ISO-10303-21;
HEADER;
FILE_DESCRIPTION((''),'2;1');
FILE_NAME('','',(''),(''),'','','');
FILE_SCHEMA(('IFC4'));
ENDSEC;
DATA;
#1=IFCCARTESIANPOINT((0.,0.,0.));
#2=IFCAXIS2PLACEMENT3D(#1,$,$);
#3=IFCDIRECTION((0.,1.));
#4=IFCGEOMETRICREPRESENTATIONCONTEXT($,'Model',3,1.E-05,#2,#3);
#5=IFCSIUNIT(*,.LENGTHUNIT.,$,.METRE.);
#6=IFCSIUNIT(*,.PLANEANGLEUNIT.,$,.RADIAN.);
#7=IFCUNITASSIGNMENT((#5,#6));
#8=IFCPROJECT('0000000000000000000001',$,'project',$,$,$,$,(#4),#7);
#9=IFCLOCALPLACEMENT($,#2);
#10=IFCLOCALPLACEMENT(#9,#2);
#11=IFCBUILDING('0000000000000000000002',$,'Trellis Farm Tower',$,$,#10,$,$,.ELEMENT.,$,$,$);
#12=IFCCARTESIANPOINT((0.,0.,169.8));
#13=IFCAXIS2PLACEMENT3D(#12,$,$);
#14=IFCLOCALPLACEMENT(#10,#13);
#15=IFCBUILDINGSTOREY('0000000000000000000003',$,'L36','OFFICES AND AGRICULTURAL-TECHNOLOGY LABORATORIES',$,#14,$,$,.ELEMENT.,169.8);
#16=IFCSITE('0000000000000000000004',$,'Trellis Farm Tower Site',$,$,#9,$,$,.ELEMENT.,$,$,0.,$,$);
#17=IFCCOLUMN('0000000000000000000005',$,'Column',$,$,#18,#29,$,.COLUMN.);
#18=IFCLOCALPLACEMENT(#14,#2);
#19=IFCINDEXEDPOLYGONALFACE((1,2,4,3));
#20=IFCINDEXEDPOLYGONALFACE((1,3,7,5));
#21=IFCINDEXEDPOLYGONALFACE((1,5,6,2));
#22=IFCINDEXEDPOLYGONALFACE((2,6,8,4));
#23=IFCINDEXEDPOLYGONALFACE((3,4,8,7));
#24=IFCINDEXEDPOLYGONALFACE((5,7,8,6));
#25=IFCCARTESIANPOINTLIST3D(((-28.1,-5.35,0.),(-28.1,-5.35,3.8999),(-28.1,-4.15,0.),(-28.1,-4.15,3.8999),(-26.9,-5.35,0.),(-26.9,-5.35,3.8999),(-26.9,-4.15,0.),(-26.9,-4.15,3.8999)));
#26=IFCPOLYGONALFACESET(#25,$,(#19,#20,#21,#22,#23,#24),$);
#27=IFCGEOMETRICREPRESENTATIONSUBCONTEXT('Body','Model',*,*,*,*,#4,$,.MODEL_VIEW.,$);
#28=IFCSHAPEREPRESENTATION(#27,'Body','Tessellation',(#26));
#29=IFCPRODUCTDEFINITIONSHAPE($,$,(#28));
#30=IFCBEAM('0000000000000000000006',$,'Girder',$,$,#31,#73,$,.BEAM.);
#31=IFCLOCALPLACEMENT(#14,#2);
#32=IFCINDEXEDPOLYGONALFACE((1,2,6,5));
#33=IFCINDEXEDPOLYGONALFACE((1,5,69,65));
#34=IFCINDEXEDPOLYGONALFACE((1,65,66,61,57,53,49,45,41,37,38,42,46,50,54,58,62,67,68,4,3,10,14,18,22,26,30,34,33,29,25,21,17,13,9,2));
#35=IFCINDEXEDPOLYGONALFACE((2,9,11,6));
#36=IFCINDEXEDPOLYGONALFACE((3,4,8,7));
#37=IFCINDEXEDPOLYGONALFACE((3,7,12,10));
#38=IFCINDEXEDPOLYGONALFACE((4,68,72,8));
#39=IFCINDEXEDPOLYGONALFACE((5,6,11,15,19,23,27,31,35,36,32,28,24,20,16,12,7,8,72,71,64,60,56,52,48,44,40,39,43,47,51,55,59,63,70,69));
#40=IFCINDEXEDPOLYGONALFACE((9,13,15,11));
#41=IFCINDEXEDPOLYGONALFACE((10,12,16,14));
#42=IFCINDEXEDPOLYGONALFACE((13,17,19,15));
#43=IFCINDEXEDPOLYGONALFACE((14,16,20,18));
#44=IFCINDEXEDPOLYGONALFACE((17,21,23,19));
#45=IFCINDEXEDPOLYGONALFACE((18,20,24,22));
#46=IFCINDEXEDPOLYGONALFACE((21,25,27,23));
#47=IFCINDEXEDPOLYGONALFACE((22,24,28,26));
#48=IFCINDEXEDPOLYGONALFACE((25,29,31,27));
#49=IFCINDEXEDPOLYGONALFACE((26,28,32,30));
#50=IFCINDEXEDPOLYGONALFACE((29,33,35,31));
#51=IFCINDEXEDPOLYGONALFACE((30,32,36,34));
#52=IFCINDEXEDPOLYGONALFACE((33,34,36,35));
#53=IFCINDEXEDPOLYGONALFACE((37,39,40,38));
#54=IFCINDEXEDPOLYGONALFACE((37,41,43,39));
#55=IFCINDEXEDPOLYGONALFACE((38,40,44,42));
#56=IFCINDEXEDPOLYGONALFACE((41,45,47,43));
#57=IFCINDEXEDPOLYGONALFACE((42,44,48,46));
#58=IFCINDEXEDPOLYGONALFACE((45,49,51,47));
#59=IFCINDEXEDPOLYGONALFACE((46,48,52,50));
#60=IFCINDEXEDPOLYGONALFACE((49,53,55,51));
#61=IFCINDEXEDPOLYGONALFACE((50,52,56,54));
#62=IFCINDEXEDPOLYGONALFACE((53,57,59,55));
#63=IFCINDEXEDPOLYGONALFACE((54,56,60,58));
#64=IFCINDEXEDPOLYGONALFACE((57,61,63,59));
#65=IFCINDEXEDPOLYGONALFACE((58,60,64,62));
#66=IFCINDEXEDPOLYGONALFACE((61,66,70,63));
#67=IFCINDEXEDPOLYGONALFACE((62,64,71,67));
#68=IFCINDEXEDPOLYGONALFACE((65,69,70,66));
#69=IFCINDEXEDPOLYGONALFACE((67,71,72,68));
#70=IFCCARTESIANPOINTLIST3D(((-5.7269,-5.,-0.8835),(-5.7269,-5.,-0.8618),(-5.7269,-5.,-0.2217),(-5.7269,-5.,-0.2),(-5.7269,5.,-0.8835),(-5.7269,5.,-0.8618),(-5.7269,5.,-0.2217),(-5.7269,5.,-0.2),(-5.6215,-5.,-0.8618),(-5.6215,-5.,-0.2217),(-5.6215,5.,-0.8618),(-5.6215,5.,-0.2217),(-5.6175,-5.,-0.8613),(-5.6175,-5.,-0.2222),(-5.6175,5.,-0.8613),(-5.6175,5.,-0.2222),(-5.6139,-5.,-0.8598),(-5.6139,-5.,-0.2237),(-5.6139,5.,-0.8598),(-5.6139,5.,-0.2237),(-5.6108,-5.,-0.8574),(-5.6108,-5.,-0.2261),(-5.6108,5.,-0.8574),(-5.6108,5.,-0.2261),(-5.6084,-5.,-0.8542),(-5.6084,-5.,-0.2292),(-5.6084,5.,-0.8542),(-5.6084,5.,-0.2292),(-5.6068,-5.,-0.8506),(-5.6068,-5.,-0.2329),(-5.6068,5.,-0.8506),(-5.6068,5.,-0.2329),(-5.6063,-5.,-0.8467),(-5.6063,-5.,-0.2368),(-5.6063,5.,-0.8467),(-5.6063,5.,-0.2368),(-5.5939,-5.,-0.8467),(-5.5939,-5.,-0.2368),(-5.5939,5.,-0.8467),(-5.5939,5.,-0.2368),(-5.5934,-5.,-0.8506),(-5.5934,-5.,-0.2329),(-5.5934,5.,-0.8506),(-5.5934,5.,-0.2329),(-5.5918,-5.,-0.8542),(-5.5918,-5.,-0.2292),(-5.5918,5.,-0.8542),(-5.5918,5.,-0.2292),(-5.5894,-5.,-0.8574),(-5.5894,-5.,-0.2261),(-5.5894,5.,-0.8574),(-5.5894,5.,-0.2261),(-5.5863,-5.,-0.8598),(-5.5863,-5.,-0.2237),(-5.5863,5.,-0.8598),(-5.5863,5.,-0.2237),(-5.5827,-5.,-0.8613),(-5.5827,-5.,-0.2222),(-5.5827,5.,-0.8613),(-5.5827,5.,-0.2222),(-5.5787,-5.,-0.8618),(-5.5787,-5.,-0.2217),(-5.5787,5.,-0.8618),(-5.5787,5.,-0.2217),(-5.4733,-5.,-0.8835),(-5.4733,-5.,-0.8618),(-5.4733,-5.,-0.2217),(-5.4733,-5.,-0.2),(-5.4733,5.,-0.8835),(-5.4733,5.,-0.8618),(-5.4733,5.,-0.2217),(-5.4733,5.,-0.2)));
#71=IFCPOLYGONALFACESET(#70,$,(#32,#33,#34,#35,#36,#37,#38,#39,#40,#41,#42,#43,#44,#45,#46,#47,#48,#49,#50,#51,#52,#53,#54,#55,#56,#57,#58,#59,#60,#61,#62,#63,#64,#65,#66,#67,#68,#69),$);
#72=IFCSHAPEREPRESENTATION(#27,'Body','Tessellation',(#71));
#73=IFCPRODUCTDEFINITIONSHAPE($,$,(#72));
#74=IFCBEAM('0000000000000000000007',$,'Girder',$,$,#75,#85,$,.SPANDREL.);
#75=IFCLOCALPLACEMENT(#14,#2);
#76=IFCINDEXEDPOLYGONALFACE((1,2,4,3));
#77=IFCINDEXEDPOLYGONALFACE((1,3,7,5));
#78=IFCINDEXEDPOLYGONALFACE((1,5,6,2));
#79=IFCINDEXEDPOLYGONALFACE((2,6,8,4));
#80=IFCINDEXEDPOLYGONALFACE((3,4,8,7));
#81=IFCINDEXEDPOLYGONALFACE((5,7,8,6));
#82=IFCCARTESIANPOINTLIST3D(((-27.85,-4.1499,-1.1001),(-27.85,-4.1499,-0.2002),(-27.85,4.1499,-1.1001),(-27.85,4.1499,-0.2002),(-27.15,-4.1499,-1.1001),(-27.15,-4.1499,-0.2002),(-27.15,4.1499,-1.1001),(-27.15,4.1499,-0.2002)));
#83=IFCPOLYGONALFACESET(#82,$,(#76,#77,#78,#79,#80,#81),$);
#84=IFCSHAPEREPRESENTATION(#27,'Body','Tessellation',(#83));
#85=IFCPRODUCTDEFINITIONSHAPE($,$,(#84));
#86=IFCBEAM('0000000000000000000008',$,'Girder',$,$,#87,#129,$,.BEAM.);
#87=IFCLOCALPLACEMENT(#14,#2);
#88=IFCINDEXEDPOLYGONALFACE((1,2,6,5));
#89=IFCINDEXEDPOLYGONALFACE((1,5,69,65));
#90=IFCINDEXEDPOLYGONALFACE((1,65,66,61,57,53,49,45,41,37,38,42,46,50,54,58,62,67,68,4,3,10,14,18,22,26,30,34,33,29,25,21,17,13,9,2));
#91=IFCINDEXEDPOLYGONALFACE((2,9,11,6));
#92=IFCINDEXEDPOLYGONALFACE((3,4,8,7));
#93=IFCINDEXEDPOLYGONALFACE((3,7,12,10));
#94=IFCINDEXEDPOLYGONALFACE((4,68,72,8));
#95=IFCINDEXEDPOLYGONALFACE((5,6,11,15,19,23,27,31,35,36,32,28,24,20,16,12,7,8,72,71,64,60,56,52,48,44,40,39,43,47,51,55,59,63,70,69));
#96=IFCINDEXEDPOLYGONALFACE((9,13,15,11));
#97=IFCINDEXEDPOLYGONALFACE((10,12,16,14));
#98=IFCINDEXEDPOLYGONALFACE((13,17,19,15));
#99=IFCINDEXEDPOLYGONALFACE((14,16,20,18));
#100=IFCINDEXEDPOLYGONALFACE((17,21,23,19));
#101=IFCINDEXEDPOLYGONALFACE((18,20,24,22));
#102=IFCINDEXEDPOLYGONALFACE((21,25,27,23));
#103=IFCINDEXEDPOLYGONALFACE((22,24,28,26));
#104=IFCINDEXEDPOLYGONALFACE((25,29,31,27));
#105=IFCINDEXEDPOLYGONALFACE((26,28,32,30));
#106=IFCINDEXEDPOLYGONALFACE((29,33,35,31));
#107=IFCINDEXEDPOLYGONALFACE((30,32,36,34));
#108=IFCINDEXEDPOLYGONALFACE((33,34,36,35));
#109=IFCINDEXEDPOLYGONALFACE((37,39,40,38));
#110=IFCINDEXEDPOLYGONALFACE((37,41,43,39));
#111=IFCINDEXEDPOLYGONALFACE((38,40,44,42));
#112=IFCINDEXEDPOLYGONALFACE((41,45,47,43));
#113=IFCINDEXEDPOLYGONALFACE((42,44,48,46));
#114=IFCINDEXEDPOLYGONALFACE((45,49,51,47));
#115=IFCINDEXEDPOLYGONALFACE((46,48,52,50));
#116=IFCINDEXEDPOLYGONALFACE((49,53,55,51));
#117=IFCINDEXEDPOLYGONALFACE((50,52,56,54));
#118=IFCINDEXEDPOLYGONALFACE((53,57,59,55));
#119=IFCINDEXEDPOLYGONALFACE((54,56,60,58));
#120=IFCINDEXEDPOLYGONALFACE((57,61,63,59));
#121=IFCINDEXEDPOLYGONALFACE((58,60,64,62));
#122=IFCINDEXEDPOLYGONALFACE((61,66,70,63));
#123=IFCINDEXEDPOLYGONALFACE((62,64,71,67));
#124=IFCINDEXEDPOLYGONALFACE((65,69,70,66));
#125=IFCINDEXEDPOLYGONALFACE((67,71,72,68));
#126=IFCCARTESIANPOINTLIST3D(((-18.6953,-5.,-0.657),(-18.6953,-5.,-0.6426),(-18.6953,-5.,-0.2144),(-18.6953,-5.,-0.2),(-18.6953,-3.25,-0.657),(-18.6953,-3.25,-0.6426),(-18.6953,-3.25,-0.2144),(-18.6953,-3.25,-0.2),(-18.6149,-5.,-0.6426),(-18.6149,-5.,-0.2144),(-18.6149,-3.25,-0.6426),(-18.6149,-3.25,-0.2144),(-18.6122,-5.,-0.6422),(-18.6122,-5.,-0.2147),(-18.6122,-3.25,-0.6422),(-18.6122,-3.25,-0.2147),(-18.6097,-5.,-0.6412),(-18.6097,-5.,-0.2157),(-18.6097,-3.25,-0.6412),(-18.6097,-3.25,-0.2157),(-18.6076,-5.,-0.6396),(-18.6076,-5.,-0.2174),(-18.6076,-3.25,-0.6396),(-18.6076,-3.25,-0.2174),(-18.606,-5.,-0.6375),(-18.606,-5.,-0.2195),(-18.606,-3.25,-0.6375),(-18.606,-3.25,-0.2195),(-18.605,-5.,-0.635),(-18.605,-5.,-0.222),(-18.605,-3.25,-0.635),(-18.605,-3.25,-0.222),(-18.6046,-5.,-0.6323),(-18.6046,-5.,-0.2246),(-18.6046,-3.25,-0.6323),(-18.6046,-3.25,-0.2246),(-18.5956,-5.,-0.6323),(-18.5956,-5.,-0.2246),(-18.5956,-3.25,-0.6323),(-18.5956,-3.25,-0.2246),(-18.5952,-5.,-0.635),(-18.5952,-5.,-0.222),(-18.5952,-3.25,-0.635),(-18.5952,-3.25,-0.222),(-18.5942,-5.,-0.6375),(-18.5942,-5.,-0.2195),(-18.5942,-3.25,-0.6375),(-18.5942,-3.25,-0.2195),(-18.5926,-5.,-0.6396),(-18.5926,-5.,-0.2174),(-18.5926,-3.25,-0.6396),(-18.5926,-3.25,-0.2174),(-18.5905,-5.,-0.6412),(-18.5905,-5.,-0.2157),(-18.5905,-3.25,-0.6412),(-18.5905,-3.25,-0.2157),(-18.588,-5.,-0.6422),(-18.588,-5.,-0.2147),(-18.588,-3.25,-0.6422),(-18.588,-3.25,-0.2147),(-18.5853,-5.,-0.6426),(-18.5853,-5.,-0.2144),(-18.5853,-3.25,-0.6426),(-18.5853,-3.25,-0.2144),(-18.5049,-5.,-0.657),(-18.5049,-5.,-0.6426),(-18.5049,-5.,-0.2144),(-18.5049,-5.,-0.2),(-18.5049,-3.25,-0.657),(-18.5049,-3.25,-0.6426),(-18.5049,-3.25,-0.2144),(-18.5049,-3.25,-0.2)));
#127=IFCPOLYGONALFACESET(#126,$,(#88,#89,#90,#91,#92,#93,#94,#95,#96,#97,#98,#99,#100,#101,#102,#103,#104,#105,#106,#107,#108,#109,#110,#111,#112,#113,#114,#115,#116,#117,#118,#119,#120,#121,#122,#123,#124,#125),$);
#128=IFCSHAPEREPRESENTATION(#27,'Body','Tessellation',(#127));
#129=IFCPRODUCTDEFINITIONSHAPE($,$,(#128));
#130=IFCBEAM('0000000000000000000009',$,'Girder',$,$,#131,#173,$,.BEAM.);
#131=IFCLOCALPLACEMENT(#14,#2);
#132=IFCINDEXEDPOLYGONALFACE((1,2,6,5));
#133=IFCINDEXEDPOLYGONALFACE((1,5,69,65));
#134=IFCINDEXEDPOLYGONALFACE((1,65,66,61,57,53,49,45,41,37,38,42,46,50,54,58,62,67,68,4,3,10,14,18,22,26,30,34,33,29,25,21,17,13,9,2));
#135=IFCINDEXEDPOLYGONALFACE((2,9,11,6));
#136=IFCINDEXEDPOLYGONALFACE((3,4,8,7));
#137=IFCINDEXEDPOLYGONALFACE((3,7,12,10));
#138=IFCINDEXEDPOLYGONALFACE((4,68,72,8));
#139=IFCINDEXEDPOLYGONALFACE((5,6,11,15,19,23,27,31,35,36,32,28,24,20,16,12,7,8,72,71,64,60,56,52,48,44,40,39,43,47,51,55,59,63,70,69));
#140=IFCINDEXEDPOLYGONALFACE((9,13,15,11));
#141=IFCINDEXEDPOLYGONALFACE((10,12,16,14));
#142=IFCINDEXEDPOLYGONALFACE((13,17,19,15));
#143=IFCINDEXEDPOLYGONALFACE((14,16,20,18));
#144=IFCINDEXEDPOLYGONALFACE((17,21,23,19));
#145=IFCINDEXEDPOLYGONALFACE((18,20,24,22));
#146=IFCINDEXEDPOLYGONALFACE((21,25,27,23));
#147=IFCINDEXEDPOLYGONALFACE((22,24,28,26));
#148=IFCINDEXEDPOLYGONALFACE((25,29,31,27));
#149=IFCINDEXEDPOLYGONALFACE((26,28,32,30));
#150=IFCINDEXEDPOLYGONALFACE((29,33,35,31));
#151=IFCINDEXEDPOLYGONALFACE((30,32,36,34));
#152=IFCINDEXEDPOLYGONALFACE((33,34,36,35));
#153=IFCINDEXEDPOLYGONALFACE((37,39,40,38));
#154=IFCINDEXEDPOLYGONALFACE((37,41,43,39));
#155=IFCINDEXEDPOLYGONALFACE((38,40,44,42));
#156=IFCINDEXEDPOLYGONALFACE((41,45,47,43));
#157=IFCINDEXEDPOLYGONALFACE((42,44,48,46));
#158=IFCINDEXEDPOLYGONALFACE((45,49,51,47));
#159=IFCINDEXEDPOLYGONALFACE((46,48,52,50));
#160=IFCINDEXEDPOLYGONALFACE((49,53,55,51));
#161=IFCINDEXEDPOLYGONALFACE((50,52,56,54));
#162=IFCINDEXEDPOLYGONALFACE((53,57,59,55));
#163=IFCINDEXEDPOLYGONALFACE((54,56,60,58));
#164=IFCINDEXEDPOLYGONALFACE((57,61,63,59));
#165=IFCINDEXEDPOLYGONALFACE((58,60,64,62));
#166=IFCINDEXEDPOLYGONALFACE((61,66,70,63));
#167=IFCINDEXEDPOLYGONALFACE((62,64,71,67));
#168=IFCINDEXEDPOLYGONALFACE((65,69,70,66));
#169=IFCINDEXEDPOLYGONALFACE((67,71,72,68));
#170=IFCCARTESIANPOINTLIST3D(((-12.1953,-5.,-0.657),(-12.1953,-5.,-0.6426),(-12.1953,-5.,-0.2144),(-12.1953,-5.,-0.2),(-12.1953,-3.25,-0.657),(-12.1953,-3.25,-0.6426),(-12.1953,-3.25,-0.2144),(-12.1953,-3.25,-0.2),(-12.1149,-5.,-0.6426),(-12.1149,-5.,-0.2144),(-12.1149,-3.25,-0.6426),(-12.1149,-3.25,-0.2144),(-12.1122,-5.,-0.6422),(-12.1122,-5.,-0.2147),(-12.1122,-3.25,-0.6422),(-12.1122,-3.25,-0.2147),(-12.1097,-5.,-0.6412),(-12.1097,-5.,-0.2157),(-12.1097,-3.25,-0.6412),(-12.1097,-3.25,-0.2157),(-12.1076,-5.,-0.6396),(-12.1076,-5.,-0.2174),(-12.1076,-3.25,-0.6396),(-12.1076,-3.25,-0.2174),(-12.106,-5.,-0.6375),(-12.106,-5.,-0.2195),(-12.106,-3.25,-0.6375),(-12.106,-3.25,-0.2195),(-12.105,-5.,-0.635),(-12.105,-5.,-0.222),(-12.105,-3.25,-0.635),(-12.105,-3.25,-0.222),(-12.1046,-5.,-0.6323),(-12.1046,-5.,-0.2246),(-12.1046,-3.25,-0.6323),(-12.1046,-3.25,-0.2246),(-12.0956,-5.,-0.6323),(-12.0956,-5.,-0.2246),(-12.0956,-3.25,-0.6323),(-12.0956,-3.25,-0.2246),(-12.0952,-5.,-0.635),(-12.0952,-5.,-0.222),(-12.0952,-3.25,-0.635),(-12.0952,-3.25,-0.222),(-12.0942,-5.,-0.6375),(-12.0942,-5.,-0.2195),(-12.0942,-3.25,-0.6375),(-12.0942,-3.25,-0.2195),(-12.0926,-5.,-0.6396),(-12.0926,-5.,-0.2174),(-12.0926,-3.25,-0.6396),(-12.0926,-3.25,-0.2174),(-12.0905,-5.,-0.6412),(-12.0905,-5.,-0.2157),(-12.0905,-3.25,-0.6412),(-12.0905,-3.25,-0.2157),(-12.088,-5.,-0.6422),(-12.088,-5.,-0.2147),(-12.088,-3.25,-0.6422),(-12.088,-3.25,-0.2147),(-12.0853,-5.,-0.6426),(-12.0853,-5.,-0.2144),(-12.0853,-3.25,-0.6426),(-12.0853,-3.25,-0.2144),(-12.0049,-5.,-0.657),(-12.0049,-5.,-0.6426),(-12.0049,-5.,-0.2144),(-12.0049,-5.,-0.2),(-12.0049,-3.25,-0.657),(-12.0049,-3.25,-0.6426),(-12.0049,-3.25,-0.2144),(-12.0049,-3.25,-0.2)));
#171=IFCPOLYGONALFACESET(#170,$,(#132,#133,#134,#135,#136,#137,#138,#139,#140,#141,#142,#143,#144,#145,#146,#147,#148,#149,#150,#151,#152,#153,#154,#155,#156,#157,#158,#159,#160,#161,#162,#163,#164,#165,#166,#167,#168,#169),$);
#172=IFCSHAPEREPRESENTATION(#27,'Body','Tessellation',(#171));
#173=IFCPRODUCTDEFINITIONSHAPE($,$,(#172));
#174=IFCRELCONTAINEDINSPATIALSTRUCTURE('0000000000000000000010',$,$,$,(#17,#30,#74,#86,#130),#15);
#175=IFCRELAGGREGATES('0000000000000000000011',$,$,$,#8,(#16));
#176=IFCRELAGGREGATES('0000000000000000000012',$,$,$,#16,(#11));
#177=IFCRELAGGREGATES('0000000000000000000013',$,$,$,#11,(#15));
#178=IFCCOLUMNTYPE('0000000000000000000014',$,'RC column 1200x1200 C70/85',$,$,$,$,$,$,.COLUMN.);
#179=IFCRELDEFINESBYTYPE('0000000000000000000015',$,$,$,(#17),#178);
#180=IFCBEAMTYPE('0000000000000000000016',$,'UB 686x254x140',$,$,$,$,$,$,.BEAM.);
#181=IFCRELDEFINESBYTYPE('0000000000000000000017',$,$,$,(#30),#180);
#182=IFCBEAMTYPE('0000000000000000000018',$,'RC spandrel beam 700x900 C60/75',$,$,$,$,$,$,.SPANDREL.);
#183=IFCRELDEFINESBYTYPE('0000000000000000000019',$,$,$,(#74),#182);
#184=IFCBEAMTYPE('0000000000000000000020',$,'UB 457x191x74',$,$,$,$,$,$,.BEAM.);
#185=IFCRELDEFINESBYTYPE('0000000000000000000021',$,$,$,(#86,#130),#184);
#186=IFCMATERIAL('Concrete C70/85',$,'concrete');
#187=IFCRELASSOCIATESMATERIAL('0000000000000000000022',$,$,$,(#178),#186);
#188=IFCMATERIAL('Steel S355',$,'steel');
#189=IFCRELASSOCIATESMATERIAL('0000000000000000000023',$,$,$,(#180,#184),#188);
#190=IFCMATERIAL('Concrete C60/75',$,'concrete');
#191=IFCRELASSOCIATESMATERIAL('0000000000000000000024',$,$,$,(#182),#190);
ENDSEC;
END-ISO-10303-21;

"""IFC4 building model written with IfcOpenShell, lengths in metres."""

from ifc_helpers import new_model, si_unit, direction, frame, origin, origin_2d, place, context, subcontext, project, spatial, rectangle, i_section, extrude, source, transform, mapped, material, material_profile, profile_set, type_object, element, save


model = new_model("IFC4")

# Units and contexts
model_context = context("Model", 3, precision=1e-05, world=origin(), true_north=direction((0.0, 1.0)))
body_context = subcontext(model_context, "Body", "Model", "MODEL_VIEW")
ifc_project = project(units=[si_unit("LENGTHUNIT", "METRE"), si_unit("PLANEANGLEUNIT", "RADIAN")], contexts=[model_context])

# Site, building, storey
site_placement = place(None, origin())
site = spatial("IfcSite", under=ifc_project, at=site_placement, Name="Trellis Farm Tower Site", CompositionType="ELEMENT", RefElevation=0.0)
building_placement = place(site_placement, origin())
building = spatial("IfcBuilding", under=site, at=building_placement, Name="Trellis Farm Tower", CompositionType="ELEMENT")
storey_placement = place(building_placement, frame((0.0, 0.0, 169.8)))
storey = spatial("IfcBuildingStorey", under=building, at=storey_placement, Name="L36", Description="OFFICES AND AGRICULTURAL-TECHNOLOGY LABORATORIES", CompositionType="ELEMENT", Elevation=169.8)

# Column
ifc_material_1 = material(Name="Concrete C70/85", Category="concrete")
ifc_material_profile_1 = material_profile(ifc_material_1, rectangle(XDim=1.2, YDim=1.2, at=origin_2d()), Name="RC column 1200x1200 C70/85")
ifc_profile_set_1 = profile_set([ifc_material_profile_1], Name="Concrete C70/85")
column_type = type_object("IfcColumnType", Name="RC column 1200x1200 C70/85", PredefinedType="COLUMN", material=ifc_profile_set_1)
shared_shape_1 = source(origin(), body_context, "Body", "SweptSolid", [
    extrude(rectangle(XDim=1.2, YDim=1.2, at=origin_2d()), origin(), (0.0, 0.0, 1.0), 3.8999),
])
column_placement = place(storey_placement, frame((-27.5, -4.75, 0.0), z_axis=(0.0, 0.0, 1.0), x_axis=(1.0, 0.0, 0.0)))
element("IfcColumn", 1, at=column_placement, inside=storey, type_object=column_type, Name="Column", PredefinedType="COLUMN", context=body_context, shape_type="MappedRepresentation", body=[
    mapped(shared_shape_1, transform((0.0, 0.0, 0.0))),
])

# Beams
ifc_material_2 = material(Name="Steel S355", Category="steel")
ifc_material_profile_2 = material_profile(ifc_material_2, i_section(OverallWidth=0.2537, OverallDepth=0.6836, WebThickness=0.0125, FlangeThickness=0.0217, FilletRadius=0.0151, at=origin_2d()), Name="UB 686x254x140")
ifc_profile_set_2 = profile_set([ifc_material_profile_2], Name="Steel S355")
beam_type_1 = type_object("IfcBeamType", Name="UB 686x254x140", PredefinedType="BEAM", material=ifc_profile_set_2)
shared_shape_2 = source(origin(), body_context, "Body", "SweptSolid", [
    extrude(i_section(OverallWidth=0.2537, OverallDepth=0.6836, WebThickness=0.0125, FlangeThickness=0.0217, FilletRadius=0.0151, at=origin_2d()), origin(), (0.0, 0.0, 1.0), 10.0),
])
beam_1_placement = place(storey_placement, frame((-5.6001, -5.0, -0.5417), z_axis=(0.0, 1.0, 0.0), x_axis=(-1.0, 0.0, 0.0)))
element("IfcBeam", 2, at=beam_1_placement, inside=storey, type_object=beam_type_1, Name="Girder", PredefinedType="BEAM", context=body_context, shape_type="MappedRepresentation", body=[
    mapped(shared_shape_2, transform((0.0, 0.0, 0.0))),
])
ifc_material_3 = material(Name="Concrete C60/75", Category="concrete")
ifc_material_profile_3 = material_profile(ifc_material_3, rectangle(XDim=0.7, YDim=0.8999, at=origin_2d()), Name="RC spandrel beam 700x900 C60/75")
ifc_profile_set_3 = profile_set([ifc_material_profile_3], Name="Concrete C60/75")
beam_type_2 = type_object("IfcBeamType", Name="RC spandrel beam 700x900 C60/75", PredefinedType="SPANDREL", material=ifc_profile_set_3)
shared_shape_3 = source(origin(), body_context, "Body", "SweptSolid", [
    extrude(rectangle(XDim=0.7, YDim=0.8999, at=origin_2d()), origin(), (0.0, 0.0, 1.0), 8.2998),
])
beam_2_placement = place(storey_placement, frame((-27.5, -4.1499, -0.6501), z_axis=(0.0, 1.0, 0.0), x_axis=(-1.0, 0.0, 0.0)))
element("IfcBeam", 3, at=beam_2_placement, inside=storey, type_object=beam_type_2, Name="Girder", PredefinedType="SPANDREL", context=body_context, shape_type="MappedRepresentation", body=[
    mapped(shared_shape_3, transform((0.0, 0.0, 0.0))),
])
ifc_material_profile_4 = material_profile(ifc_material_2, i_section(OverallWidth=0.1904, OverallDepth=0.457, WebThickness=0.009, FlangeThickness=0.0144, FilletRadius=0.0103, at=origin_2d()), Name="UB 457x191x74")
ifc_profile_set_4 = profile_set([ifc_material_profile_4], Name="Steel S355")
beam_type_3 = type_object("IfcBeamType", Name="UB 457x191x74", PredefinedType="BEAM", material=ifc_profile_set_4)
shared_shape_4 = source(origin(), body_context, "Body", "SweptSolid", [
    extrude(i_section(OverallWidth=0.1904, OverallDepth=0.457, WebThickness=0.009, FlangeThickness=0.0144, FilletRadius=0.0103, at=origin_2d()), origin(), (0.0, 0.0, 1.0), 1.75),
])
for number, where, z_axis, x_axis, name in (
    (4, (-18.6001, -5.0, -0.4285), (0.0, 1.0, 0.0), (-1.0, 0.0, 0.0), "Girder"),
    (5, (-12.1001, -5.0, -0.4285), (0.0, 1.0, 0.0), (-1.0, 0.0, 0.0), "Girder"),
):
    element("IfcBeam", number, at=place(storey_placement, frame(where, z_axis=z_axis, x_axis=x_axis)), inside=storey, type_object=beam_type_3, Name=name, PredefinedType="BEAM", context=body_context, shape_type="MappedRepresentation", body=[
        mapped(shared_shape_4, transform((0.0, 0.0, 0.0))),
    ])

save(model, "model.ifc")
